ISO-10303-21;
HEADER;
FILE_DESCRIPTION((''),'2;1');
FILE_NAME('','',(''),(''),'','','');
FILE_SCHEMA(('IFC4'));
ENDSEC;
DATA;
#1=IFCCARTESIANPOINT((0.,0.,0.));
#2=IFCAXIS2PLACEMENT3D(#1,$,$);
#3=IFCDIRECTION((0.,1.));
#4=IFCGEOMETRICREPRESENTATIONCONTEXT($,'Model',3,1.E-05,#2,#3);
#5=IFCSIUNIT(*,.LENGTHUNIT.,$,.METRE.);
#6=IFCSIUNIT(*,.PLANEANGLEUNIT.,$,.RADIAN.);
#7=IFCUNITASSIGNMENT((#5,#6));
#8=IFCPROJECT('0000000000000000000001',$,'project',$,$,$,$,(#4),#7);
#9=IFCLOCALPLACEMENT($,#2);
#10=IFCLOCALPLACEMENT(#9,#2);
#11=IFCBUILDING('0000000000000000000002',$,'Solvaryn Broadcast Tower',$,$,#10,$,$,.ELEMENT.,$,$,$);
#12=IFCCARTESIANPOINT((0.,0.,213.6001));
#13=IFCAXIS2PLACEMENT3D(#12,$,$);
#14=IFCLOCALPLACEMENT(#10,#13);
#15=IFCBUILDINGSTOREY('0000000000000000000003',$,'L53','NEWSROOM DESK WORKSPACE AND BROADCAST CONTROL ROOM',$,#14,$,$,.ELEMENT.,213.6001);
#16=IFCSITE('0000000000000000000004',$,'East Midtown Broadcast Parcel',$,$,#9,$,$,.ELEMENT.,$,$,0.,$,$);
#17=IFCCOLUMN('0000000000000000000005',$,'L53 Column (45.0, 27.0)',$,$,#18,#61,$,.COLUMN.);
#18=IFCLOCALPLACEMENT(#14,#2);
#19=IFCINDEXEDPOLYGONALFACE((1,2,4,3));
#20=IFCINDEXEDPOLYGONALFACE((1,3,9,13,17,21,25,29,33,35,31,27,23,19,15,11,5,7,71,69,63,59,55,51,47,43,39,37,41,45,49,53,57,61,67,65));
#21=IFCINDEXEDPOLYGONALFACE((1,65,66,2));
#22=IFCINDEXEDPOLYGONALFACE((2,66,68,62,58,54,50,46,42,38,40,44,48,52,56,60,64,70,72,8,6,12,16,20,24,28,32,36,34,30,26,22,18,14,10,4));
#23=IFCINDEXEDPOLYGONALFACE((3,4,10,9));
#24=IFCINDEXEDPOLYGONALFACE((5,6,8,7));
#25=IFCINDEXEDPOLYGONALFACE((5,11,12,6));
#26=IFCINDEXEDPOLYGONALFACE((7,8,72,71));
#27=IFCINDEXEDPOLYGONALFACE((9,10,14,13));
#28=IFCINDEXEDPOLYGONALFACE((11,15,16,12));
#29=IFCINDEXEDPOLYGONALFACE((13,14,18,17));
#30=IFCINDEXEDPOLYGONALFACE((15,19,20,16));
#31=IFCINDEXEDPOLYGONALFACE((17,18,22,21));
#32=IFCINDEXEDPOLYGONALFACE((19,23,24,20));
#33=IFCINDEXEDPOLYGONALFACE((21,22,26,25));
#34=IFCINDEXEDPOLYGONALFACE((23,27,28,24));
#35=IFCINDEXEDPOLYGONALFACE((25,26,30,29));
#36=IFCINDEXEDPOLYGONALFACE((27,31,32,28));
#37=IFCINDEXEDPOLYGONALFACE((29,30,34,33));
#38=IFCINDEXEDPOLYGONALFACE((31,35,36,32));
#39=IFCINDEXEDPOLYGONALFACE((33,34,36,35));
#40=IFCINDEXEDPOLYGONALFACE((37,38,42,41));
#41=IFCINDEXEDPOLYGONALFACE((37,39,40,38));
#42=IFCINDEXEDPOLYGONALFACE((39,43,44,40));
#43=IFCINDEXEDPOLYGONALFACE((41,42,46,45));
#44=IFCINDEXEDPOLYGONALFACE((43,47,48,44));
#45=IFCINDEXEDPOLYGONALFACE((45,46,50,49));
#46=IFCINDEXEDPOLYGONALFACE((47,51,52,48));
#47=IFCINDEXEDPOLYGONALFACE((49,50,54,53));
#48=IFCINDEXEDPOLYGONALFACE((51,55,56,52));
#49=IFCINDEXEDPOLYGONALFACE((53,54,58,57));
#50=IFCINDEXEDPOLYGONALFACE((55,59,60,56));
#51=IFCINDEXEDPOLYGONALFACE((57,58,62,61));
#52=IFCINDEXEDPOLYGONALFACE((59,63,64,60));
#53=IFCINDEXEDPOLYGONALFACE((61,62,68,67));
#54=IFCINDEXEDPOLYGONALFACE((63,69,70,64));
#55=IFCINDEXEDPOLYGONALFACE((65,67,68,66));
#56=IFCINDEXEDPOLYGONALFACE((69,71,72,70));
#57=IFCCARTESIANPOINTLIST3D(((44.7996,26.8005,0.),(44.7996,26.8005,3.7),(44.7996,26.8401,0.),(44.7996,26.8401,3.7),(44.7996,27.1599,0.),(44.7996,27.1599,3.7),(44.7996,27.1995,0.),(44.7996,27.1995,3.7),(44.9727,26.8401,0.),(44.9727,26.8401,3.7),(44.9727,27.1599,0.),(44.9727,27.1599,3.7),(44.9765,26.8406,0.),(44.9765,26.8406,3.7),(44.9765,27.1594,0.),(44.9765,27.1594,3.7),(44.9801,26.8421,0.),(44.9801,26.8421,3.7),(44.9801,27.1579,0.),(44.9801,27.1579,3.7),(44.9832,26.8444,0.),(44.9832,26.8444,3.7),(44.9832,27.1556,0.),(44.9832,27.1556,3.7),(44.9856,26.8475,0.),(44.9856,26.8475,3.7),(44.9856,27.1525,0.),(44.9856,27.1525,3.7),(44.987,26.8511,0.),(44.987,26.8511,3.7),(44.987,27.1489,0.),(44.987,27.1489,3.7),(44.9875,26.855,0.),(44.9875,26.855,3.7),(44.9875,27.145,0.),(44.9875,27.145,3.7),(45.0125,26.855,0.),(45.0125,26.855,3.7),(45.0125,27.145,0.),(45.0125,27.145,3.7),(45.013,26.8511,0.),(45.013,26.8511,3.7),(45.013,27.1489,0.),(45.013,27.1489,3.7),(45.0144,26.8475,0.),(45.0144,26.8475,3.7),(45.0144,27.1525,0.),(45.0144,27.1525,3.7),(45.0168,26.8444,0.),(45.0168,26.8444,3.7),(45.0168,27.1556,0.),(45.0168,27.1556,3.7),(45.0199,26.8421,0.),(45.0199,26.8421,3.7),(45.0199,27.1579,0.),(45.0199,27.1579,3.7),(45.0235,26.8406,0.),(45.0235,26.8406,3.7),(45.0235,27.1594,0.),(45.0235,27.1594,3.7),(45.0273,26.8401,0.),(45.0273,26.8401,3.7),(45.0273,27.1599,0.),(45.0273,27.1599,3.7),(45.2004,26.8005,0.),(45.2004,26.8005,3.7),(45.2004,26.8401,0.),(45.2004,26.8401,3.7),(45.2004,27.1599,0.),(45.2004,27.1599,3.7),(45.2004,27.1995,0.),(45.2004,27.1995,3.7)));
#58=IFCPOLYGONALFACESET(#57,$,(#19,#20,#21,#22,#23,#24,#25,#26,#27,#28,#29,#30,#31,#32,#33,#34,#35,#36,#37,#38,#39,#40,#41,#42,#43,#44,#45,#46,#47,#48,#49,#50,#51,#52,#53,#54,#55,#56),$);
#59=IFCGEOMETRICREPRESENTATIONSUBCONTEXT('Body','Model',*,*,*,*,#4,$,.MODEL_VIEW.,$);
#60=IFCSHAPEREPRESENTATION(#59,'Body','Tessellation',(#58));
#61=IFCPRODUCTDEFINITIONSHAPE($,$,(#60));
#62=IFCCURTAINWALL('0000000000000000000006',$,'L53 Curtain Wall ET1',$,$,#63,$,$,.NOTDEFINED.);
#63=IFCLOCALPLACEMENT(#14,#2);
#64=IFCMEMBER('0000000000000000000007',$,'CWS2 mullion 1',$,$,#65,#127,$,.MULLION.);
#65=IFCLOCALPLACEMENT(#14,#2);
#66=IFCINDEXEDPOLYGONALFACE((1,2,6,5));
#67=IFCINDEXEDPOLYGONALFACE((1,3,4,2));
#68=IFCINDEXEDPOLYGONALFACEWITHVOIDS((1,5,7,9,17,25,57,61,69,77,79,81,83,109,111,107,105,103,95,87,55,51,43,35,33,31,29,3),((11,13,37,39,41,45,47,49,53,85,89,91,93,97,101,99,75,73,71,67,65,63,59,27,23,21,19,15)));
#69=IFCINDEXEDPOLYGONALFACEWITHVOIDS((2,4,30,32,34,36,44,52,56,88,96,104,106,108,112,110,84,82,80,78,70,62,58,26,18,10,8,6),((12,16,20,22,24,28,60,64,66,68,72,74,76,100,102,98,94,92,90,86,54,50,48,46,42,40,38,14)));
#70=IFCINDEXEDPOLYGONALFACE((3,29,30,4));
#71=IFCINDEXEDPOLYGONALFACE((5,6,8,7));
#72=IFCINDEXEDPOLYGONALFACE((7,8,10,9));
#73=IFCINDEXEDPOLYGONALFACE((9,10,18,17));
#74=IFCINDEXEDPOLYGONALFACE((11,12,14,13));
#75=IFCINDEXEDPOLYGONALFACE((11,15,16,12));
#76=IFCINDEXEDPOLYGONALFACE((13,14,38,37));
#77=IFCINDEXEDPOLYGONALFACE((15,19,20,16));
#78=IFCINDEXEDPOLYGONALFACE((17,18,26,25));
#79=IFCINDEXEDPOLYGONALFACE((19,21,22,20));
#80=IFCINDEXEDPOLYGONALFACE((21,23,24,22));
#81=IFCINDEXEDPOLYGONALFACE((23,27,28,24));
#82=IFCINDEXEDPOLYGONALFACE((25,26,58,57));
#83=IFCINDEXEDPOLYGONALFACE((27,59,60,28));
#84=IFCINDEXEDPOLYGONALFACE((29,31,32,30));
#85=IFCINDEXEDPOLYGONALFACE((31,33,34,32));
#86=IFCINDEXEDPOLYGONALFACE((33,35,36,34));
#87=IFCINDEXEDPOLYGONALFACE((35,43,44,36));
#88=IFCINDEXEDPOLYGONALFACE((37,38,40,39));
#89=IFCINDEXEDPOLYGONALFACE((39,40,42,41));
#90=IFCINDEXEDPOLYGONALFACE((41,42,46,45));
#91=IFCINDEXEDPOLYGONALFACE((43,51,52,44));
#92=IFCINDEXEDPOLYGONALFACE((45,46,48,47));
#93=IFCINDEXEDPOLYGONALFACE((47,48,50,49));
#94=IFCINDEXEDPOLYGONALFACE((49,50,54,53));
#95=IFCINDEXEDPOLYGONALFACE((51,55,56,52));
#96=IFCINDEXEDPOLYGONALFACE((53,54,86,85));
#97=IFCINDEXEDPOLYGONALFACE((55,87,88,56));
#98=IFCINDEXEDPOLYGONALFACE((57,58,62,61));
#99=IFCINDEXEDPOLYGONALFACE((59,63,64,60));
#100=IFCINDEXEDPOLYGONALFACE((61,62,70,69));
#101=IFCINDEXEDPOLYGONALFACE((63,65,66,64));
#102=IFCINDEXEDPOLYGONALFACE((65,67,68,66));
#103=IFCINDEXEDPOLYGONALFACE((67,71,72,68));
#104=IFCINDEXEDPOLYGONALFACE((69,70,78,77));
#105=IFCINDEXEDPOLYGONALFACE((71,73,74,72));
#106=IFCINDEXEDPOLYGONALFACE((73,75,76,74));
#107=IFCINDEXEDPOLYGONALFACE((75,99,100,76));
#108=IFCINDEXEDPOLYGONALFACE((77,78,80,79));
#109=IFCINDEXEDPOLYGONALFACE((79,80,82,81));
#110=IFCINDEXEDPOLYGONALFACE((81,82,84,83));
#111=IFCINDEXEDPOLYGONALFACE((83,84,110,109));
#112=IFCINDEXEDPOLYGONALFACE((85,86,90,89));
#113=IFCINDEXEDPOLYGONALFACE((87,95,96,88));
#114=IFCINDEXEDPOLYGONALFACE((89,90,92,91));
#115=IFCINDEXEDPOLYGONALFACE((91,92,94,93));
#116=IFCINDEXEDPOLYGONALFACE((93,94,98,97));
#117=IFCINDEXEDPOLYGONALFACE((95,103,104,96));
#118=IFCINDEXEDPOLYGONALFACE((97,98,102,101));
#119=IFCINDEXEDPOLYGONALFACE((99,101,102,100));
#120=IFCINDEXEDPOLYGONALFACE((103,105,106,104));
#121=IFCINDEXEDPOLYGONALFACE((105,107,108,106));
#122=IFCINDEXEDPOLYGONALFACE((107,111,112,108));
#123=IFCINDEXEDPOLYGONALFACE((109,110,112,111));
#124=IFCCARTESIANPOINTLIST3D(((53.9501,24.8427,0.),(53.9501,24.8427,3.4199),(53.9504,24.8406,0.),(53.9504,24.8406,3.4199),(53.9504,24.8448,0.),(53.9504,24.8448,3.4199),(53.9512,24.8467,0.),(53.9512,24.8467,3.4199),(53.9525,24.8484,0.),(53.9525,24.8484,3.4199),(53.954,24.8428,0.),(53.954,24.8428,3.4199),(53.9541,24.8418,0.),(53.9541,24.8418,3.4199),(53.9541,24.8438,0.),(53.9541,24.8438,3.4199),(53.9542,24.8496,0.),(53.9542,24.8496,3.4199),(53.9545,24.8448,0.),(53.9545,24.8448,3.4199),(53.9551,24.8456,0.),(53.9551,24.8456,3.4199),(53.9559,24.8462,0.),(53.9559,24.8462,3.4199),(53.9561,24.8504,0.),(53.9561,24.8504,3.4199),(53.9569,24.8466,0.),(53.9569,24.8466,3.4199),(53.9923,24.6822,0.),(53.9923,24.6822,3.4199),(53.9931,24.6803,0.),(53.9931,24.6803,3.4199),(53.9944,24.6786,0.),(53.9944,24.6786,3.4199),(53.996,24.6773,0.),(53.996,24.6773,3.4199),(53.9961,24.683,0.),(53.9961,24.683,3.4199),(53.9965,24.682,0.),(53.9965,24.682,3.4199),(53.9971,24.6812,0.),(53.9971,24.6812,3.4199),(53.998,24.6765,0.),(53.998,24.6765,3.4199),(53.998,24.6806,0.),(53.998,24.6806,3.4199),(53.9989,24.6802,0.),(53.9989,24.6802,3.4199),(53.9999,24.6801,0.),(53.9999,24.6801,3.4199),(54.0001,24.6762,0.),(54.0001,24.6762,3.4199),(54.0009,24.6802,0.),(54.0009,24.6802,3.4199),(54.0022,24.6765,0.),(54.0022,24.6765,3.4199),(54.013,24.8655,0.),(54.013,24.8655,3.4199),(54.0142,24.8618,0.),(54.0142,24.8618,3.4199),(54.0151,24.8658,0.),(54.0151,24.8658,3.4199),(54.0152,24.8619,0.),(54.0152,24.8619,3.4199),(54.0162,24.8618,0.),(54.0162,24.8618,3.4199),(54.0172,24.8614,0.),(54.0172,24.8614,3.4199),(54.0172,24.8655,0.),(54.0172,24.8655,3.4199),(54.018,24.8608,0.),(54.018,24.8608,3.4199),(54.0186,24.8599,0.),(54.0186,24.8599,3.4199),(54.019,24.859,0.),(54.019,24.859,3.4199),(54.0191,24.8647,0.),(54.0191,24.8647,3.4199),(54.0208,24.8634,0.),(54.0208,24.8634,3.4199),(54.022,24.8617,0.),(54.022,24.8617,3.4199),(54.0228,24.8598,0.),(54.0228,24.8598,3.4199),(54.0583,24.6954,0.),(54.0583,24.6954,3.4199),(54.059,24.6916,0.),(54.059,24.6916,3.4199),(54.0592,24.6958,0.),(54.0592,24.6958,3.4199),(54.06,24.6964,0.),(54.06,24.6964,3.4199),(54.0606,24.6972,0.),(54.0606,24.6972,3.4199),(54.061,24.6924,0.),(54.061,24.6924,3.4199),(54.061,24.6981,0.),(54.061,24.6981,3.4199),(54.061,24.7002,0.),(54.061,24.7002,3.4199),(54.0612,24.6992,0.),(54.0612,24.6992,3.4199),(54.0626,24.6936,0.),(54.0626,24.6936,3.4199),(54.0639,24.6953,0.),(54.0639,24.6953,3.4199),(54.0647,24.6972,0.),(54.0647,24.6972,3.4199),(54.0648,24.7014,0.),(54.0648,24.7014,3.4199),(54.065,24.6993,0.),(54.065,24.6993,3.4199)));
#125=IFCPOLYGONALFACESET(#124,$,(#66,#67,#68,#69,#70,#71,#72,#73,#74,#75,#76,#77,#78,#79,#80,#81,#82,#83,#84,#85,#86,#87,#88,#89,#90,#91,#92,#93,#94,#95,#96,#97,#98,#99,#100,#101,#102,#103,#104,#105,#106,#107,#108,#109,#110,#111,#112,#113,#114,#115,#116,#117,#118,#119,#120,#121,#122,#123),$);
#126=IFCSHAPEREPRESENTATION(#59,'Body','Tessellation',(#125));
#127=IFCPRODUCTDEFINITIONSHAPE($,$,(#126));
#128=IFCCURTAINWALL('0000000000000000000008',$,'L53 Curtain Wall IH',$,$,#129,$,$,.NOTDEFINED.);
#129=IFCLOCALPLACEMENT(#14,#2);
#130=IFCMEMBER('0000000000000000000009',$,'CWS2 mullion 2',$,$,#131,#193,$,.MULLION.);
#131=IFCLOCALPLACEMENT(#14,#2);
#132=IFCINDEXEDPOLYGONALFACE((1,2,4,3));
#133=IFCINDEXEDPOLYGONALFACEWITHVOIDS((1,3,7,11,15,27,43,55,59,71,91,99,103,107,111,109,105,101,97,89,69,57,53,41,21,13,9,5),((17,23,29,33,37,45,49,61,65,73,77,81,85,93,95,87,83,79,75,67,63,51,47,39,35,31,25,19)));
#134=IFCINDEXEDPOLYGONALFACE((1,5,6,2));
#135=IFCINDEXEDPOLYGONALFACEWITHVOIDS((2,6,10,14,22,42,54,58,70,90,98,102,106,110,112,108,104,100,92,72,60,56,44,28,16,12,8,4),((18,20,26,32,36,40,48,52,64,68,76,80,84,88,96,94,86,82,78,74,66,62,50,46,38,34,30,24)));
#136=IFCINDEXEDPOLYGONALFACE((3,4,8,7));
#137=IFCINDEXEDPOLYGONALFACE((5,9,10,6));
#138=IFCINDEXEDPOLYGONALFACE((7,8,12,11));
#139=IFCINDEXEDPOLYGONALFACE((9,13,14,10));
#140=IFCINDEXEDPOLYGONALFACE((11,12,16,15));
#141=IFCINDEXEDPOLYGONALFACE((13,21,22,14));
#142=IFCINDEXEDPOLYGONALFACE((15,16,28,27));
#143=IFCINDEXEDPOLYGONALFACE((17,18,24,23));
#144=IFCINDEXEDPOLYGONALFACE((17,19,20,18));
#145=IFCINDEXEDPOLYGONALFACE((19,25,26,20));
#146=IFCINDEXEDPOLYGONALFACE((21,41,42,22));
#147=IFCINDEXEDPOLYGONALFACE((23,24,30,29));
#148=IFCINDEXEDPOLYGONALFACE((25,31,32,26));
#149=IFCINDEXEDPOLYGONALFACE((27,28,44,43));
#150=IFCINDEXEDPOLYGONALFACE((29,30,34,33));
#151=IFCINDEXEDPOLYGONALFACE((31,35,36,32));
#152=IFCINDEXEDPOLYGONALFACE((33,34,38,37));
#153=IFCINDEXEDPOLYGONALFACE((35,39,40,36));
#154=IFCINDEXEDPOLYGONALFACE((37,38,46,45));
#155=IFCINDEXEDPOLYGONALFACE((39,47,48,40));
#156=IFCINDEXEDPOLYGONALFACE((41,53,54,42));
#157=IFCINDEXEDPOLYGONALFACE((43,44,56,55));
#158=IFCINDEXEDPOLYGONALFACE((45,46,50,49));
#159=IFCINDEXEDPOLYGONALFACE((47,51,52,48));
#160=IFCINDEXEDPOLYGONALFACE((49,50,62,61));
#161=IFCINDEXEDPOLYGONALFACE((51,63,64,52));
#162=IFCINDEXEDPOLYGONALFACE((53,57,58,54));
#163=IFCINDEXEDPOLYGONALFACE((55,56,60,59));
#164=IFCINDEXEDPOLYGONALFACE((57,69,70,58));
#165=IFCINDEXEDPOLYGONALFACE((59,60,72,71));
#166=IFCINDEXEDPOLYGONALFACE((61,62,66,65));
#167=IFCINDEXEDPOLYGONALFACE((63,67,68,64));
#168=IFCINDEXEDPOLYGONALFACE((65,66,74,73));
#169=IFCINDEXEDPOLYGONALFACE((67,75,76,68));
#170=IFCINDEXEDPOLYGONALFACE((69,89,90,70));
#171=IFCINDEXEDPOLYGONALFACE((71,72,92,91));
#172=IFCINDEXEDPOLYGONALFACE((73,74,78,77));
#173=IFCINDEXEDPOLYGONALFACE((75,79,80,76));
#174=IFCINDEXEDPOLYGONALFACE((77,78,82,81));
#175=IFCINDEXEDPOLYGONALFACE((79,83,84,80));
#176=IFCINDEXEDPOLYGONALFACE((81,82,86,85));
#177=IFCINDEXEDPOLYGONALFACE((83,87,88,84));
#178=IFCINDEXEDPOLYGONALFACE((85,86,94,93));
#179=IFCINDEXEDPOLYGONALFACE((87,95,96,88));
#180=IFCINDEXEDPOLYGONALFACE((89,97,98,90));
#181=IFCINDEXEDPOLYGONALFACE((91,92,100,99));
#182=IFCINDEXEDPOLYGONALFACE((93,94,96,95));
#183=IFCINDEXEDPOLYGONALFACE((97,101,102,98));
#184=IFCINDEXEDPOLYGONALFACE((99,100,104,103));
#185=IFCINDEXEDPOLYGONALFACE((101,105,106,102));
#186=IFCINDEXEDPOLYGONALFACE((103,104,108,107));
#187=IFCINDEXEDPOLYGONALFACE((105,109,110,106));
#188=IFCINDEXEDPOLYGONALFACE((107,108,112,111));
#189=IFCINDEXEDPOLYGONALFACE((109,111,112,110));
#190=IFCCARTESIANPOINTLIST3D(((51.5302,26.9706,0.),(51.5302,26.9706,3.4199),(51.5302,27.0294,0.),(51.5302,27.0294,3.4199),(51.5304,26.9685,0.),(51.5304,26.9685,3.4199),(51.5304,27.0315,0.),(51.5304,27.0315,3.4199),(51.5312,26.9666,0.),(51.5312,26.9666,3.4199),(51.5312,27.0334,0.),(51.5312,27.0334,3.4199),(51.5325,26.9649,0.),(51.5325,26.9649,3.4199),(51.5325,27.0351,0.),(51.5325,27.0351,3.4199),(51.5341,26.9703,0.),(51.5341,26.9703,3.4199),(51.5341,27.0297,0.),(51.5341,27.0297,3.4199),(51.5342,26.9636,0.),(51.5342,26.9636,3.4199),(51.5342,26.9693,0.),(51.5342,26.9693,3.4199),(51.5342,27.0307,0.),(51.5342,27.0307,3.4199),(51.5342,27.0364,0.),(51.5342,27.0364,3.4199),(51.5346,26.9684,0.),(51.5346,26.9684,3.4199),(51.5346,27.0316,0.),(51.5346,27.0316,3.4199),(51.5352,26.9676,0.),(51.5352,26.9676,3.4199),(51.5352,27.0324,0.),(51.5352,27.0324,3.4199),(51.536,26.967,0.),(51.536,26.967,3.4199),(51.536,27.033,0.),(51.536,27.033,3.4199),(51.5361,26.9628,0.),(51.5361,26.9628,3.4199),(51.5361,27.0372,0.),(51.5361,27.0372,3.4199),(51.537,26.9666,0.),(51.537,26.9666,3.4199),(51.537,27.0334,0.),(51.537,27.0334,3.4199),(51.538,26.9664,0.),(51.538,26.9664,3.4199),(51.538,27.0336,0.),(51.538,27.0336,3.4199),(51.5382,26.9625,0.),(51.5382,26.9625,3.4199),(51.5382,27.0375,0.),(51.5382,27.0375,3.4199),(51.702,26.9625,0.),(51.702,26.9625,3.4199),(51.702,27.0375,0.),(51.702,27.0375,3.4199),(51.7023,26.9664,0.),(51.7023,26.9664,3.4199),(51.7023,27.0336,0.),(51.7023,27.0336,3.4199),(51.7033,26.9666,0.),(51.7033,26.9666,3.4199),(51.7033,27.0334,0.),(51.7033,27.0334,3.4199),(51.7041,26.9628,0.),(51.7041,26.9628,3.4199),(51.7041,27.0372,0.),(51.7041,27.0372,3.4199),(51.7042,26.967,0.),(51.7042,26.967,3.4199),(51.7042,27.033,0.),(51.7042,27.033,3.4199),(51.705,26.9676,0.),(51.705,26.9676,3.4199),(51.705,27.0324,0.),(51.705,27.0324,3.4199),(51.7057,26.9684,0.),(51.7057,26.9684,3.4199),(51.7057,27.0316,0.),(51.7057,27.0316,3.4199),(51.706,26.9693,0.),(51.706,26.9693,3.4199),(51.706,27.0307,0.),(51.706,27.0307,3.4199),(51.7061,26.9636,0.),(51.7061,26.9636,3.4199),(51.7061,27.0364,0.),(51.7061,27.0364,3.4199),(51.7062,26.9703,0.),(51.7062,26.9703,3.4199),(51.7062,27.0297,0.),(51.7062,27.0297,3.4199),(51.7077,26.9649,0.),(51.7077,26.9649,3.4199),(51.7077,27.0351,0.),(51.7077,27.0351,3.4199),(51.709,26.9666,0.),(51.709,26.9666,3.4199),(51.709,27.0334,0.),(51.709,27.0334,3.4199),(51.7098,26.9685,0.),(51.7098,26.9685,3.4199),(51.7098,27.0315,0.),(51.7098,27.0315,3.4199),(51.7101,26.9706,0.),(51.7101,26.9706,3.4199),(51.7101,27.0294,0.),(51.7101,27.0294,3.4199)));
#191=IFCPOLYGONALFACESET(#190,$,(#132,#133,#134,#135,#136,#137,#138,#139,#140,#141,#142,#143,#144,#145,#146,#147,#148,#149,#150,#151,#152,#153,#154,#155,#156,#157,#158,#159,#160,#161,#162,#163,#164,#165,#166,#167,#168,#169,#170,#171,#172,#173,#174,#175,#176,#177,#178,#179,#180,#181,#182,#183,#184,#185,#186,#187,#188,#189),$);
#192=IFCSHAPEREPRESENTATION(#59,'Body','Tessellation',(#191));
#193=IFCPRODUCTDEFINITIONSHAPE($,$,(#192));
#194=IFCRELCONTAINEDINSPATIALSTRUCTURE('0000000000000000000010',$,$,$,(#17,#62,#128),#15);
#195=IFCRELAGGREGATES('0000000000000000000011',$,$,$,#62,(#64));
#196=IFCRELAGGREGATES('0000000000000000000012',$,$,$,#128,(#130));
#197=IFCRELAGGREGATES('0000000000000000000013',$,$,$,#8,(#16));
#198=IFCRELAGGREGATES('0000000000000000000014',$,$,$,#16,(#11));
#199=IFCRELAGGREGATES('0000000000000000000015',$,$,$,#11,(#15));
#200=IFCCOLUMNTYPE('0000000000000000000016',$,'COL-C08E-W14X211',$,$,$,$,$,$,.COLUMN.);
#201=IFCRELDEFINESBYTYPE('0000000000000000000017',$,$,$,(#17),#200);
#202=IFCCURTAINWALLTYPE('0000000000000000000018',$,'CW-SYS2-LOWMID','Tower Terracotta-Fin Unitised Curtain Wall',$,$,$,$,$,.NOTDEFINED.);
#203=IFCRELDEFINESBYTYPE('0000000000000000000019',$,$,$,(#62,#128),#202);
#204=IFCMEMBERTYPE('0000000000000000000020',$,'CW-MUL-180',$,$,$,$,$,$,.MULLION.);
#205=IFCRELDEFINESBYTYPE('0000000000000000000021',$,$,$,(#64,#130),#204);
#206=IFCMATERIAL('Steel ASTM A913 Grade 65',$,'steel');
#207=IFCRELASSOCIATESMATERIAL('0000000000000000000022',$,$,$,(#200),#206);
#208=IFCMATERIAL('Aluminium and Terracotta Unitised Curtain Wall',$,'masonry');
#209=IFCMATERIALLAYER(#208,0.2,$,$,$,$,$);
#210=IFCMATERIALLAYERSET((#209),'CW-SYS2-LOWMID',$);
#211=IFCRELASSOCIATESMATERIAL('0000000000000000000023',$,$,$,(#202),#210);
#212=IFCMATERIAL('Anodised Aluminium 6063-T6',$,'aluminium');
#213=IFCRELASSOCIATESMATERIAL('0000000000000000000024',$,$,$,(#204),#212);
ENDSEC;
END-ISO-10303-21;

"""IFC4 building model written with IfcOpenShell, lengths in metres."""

from ifc_helpers import new_model, si_unit, direction, frame, origin, origin_2d, place, context, subcontext, project, spatial, hollow_rectangle, i_section, extrude, material, layer, layer_set, material_profile, profile_set, type_object, element, aggregate, save


model = new_model("IFC4")

# Units and contexts
model_context = context("Model", 3, precision=1e-05, world=origin(), true_north=direction((0.0, 1.0)))
body_context = subcontext(model_context, "Body", "Model", "MODEL_VIEW")
ifc_project = project(units=[si_unit("LENGTHUNIT", "METRE"), si_unit("PLANEANGLEUNIT", "RADIAN")], contexts=[model_context])

# Site, building, storey
site_placement = place(None, origin())
site = spatial("IfcSite", under=ifc_project, at=site_placement, Name="East Midtown Broadcast Parcel", CompositionType="ELEMENT", RefElevation=0.0)
building_placement = place(site_placement, origin())
building = spatial("IfcBuilding", under=site, at=building_placement, Name="Solvaryn Broadcast Tower", CompositionType="ELEMENT")
storey_placement = place(building_placement, frame((0.0, 0.0, 213.6001)))
storey = spatial("IfcBuildingStorey", under=building, at=storey_placement, Name="L53", Description="NEWSROOM DESK WORKSPACE AND BROADCAST CONTROL ROOM", CompositionType="ELEMENT", Elevation=213.6001)

# Column
ifc_material_1 = material(Name="Steel ASTM A913 Grade 65", Category="steel")
ifc_material_profile_1 = material_profile(ifc_material_1, i_section(OverallWidth=0.4009, OverallDepth=0.3989, WebThickness=0.0249, FlangeThickness=0.0396, FilletRadius=0.0149, at=origin_2d()))
ifc_profile_set_1 = profile_set([ifc_material_profile_1], Name="Steel ASTM A913 Grade 65")
column_type = type_object("IfcColumnType", Name="COL-C08E-W14X211", PredefinedType="COLUMN", material=ifc_profile_set_1)
column_placement = place(storey_placement, frame((45.0, 27.0, 0.0), z_axis=(0.0, 0.0, 1.0), x_axis=(1.0, 0.0, 0.0)))
element("IfcColumn", 1, at=column_placement, inside=storey, type_object=column_type, Name="L53 Column (45.0, 27.0)", PredefinedType="COLUMN", context=body_context, shape_type="SweptSolid", body=[
    extrude(i_section(OverallWidth=0.4009, OverallDepth=0.3989, WebThickness=0.0249, FlangeThickness=0.0396, FilletRadius=0.0149, at=origin_2d()), origin(), (0.0, 0.0, 1.0), 3.7),
])

# Curtain walls, members
ifc_material_2 = material(Name="Aluminium and Terracotta Unitised Curtain Wall", Category="masonry")
ifc_layer_1 = layer(ifc_material_2, 0.2)
ifc_layer_set_1 = layer_set([ifc_layer_1], Name="CW-SYS2-LOWMID")
curtain_wall_type = type_object("IfcCurtainWallType", Name="CW-SYS2-LOWMID", Description="Tower Terracotta-Fin Unitised Curtain Wall", PredefinedType="NOTDEFINED", material=ifc_layer_set_1)
curtain_wall_1_placement = place(storey_placement, origin())
curtain_wall_1 = element("IfcCurtainWall", 2, at=curtain_wall_1_placement, inside=storey, type_object=curtain_wall_type, Name="L53 Curtain Wall ET1", PredefinedType="NOTDEFINED")
ifc_material_3 = material(Name="Anodised Aluminium 6063-T6", Category="aluminium")
ifc_material_profile_2 = material_profile(ifc_material_3, hollow_rectangle(XDim=0.075, YDim=0.1799, WallThickness=0.0039, InnerFilletRadius=0.0039, OuterFilletRadius=0.0081, at=origin_2d()))
ifc_profile_set_2 = profile_set([ifc_material_profile_2], Name="Anodised Aluminium 6063-T6")
member_type_1 = type_object("IfcMemberType", Name="CW-MUL-180", PredefinedType="MULLION", material=ifc_profile_set_2)
member_1_placement = place(storey_placement, frame((54.0076, 24.771, 0.0), z_axis=(0.0, 0.0, 1.0), x_axis=(0.966705, 0.255893, 0.0)))
member_1 = element("IfcMember", 3, at=member_1_placement, type_object=member_type_1, Name="CWS2 mullion 1", PredefinedType="MULLION", context=body_context, shape_type="SweptSolid", body=[
    extrude(hollow_rectangle(XDim=0.075, YDim=0.1799, WallThickness=0.0039, InnerFilletRadius=0.0039, OuterFilletRadius=0.0081, at=origin_2d()), origin(), (0.0, 0.0, 1.0), 3.4199),
])
curtain_wall_2_placement = place(storey_placement, origin())
curtain_wall_2 = element("IfcCurtainWall", 4, at=curtain_wall_2_placement, inside=storey, type_object=curtain_wall_type, Name="L53 Curtain Wall IH", PredefinedType="NOTDEFINED")
member_2_placement = place(storey_placement, frame((51.6201, 27.0, 0.0), z_axis=(0.0, 0.0, 1.0), x_axis=(0.0, 1.0, 0.0)))
member_2 = element("IfcMember", 5, at=member_2_placement, type_object=member_type_1, Name="CWS2 mullion 2", PredefinedType="MULLION", context=body_context, shape_type="SweptSolid", body=[
    extrude(hollow_rectangle(XDim=0.075, YDim=0.1799, WallThickness=0.0039, InnerFilletRadius=0.0039, OuterFilletRadius=0.0081, at=origin_2d()), origin(), (0.0, 0.0, 1.0), 3.4199),
])

aggregate(curtain_wall_1, [member_1])
aggregate(curtain_wall_2, [member_2])

save(model, "model.ifc")
